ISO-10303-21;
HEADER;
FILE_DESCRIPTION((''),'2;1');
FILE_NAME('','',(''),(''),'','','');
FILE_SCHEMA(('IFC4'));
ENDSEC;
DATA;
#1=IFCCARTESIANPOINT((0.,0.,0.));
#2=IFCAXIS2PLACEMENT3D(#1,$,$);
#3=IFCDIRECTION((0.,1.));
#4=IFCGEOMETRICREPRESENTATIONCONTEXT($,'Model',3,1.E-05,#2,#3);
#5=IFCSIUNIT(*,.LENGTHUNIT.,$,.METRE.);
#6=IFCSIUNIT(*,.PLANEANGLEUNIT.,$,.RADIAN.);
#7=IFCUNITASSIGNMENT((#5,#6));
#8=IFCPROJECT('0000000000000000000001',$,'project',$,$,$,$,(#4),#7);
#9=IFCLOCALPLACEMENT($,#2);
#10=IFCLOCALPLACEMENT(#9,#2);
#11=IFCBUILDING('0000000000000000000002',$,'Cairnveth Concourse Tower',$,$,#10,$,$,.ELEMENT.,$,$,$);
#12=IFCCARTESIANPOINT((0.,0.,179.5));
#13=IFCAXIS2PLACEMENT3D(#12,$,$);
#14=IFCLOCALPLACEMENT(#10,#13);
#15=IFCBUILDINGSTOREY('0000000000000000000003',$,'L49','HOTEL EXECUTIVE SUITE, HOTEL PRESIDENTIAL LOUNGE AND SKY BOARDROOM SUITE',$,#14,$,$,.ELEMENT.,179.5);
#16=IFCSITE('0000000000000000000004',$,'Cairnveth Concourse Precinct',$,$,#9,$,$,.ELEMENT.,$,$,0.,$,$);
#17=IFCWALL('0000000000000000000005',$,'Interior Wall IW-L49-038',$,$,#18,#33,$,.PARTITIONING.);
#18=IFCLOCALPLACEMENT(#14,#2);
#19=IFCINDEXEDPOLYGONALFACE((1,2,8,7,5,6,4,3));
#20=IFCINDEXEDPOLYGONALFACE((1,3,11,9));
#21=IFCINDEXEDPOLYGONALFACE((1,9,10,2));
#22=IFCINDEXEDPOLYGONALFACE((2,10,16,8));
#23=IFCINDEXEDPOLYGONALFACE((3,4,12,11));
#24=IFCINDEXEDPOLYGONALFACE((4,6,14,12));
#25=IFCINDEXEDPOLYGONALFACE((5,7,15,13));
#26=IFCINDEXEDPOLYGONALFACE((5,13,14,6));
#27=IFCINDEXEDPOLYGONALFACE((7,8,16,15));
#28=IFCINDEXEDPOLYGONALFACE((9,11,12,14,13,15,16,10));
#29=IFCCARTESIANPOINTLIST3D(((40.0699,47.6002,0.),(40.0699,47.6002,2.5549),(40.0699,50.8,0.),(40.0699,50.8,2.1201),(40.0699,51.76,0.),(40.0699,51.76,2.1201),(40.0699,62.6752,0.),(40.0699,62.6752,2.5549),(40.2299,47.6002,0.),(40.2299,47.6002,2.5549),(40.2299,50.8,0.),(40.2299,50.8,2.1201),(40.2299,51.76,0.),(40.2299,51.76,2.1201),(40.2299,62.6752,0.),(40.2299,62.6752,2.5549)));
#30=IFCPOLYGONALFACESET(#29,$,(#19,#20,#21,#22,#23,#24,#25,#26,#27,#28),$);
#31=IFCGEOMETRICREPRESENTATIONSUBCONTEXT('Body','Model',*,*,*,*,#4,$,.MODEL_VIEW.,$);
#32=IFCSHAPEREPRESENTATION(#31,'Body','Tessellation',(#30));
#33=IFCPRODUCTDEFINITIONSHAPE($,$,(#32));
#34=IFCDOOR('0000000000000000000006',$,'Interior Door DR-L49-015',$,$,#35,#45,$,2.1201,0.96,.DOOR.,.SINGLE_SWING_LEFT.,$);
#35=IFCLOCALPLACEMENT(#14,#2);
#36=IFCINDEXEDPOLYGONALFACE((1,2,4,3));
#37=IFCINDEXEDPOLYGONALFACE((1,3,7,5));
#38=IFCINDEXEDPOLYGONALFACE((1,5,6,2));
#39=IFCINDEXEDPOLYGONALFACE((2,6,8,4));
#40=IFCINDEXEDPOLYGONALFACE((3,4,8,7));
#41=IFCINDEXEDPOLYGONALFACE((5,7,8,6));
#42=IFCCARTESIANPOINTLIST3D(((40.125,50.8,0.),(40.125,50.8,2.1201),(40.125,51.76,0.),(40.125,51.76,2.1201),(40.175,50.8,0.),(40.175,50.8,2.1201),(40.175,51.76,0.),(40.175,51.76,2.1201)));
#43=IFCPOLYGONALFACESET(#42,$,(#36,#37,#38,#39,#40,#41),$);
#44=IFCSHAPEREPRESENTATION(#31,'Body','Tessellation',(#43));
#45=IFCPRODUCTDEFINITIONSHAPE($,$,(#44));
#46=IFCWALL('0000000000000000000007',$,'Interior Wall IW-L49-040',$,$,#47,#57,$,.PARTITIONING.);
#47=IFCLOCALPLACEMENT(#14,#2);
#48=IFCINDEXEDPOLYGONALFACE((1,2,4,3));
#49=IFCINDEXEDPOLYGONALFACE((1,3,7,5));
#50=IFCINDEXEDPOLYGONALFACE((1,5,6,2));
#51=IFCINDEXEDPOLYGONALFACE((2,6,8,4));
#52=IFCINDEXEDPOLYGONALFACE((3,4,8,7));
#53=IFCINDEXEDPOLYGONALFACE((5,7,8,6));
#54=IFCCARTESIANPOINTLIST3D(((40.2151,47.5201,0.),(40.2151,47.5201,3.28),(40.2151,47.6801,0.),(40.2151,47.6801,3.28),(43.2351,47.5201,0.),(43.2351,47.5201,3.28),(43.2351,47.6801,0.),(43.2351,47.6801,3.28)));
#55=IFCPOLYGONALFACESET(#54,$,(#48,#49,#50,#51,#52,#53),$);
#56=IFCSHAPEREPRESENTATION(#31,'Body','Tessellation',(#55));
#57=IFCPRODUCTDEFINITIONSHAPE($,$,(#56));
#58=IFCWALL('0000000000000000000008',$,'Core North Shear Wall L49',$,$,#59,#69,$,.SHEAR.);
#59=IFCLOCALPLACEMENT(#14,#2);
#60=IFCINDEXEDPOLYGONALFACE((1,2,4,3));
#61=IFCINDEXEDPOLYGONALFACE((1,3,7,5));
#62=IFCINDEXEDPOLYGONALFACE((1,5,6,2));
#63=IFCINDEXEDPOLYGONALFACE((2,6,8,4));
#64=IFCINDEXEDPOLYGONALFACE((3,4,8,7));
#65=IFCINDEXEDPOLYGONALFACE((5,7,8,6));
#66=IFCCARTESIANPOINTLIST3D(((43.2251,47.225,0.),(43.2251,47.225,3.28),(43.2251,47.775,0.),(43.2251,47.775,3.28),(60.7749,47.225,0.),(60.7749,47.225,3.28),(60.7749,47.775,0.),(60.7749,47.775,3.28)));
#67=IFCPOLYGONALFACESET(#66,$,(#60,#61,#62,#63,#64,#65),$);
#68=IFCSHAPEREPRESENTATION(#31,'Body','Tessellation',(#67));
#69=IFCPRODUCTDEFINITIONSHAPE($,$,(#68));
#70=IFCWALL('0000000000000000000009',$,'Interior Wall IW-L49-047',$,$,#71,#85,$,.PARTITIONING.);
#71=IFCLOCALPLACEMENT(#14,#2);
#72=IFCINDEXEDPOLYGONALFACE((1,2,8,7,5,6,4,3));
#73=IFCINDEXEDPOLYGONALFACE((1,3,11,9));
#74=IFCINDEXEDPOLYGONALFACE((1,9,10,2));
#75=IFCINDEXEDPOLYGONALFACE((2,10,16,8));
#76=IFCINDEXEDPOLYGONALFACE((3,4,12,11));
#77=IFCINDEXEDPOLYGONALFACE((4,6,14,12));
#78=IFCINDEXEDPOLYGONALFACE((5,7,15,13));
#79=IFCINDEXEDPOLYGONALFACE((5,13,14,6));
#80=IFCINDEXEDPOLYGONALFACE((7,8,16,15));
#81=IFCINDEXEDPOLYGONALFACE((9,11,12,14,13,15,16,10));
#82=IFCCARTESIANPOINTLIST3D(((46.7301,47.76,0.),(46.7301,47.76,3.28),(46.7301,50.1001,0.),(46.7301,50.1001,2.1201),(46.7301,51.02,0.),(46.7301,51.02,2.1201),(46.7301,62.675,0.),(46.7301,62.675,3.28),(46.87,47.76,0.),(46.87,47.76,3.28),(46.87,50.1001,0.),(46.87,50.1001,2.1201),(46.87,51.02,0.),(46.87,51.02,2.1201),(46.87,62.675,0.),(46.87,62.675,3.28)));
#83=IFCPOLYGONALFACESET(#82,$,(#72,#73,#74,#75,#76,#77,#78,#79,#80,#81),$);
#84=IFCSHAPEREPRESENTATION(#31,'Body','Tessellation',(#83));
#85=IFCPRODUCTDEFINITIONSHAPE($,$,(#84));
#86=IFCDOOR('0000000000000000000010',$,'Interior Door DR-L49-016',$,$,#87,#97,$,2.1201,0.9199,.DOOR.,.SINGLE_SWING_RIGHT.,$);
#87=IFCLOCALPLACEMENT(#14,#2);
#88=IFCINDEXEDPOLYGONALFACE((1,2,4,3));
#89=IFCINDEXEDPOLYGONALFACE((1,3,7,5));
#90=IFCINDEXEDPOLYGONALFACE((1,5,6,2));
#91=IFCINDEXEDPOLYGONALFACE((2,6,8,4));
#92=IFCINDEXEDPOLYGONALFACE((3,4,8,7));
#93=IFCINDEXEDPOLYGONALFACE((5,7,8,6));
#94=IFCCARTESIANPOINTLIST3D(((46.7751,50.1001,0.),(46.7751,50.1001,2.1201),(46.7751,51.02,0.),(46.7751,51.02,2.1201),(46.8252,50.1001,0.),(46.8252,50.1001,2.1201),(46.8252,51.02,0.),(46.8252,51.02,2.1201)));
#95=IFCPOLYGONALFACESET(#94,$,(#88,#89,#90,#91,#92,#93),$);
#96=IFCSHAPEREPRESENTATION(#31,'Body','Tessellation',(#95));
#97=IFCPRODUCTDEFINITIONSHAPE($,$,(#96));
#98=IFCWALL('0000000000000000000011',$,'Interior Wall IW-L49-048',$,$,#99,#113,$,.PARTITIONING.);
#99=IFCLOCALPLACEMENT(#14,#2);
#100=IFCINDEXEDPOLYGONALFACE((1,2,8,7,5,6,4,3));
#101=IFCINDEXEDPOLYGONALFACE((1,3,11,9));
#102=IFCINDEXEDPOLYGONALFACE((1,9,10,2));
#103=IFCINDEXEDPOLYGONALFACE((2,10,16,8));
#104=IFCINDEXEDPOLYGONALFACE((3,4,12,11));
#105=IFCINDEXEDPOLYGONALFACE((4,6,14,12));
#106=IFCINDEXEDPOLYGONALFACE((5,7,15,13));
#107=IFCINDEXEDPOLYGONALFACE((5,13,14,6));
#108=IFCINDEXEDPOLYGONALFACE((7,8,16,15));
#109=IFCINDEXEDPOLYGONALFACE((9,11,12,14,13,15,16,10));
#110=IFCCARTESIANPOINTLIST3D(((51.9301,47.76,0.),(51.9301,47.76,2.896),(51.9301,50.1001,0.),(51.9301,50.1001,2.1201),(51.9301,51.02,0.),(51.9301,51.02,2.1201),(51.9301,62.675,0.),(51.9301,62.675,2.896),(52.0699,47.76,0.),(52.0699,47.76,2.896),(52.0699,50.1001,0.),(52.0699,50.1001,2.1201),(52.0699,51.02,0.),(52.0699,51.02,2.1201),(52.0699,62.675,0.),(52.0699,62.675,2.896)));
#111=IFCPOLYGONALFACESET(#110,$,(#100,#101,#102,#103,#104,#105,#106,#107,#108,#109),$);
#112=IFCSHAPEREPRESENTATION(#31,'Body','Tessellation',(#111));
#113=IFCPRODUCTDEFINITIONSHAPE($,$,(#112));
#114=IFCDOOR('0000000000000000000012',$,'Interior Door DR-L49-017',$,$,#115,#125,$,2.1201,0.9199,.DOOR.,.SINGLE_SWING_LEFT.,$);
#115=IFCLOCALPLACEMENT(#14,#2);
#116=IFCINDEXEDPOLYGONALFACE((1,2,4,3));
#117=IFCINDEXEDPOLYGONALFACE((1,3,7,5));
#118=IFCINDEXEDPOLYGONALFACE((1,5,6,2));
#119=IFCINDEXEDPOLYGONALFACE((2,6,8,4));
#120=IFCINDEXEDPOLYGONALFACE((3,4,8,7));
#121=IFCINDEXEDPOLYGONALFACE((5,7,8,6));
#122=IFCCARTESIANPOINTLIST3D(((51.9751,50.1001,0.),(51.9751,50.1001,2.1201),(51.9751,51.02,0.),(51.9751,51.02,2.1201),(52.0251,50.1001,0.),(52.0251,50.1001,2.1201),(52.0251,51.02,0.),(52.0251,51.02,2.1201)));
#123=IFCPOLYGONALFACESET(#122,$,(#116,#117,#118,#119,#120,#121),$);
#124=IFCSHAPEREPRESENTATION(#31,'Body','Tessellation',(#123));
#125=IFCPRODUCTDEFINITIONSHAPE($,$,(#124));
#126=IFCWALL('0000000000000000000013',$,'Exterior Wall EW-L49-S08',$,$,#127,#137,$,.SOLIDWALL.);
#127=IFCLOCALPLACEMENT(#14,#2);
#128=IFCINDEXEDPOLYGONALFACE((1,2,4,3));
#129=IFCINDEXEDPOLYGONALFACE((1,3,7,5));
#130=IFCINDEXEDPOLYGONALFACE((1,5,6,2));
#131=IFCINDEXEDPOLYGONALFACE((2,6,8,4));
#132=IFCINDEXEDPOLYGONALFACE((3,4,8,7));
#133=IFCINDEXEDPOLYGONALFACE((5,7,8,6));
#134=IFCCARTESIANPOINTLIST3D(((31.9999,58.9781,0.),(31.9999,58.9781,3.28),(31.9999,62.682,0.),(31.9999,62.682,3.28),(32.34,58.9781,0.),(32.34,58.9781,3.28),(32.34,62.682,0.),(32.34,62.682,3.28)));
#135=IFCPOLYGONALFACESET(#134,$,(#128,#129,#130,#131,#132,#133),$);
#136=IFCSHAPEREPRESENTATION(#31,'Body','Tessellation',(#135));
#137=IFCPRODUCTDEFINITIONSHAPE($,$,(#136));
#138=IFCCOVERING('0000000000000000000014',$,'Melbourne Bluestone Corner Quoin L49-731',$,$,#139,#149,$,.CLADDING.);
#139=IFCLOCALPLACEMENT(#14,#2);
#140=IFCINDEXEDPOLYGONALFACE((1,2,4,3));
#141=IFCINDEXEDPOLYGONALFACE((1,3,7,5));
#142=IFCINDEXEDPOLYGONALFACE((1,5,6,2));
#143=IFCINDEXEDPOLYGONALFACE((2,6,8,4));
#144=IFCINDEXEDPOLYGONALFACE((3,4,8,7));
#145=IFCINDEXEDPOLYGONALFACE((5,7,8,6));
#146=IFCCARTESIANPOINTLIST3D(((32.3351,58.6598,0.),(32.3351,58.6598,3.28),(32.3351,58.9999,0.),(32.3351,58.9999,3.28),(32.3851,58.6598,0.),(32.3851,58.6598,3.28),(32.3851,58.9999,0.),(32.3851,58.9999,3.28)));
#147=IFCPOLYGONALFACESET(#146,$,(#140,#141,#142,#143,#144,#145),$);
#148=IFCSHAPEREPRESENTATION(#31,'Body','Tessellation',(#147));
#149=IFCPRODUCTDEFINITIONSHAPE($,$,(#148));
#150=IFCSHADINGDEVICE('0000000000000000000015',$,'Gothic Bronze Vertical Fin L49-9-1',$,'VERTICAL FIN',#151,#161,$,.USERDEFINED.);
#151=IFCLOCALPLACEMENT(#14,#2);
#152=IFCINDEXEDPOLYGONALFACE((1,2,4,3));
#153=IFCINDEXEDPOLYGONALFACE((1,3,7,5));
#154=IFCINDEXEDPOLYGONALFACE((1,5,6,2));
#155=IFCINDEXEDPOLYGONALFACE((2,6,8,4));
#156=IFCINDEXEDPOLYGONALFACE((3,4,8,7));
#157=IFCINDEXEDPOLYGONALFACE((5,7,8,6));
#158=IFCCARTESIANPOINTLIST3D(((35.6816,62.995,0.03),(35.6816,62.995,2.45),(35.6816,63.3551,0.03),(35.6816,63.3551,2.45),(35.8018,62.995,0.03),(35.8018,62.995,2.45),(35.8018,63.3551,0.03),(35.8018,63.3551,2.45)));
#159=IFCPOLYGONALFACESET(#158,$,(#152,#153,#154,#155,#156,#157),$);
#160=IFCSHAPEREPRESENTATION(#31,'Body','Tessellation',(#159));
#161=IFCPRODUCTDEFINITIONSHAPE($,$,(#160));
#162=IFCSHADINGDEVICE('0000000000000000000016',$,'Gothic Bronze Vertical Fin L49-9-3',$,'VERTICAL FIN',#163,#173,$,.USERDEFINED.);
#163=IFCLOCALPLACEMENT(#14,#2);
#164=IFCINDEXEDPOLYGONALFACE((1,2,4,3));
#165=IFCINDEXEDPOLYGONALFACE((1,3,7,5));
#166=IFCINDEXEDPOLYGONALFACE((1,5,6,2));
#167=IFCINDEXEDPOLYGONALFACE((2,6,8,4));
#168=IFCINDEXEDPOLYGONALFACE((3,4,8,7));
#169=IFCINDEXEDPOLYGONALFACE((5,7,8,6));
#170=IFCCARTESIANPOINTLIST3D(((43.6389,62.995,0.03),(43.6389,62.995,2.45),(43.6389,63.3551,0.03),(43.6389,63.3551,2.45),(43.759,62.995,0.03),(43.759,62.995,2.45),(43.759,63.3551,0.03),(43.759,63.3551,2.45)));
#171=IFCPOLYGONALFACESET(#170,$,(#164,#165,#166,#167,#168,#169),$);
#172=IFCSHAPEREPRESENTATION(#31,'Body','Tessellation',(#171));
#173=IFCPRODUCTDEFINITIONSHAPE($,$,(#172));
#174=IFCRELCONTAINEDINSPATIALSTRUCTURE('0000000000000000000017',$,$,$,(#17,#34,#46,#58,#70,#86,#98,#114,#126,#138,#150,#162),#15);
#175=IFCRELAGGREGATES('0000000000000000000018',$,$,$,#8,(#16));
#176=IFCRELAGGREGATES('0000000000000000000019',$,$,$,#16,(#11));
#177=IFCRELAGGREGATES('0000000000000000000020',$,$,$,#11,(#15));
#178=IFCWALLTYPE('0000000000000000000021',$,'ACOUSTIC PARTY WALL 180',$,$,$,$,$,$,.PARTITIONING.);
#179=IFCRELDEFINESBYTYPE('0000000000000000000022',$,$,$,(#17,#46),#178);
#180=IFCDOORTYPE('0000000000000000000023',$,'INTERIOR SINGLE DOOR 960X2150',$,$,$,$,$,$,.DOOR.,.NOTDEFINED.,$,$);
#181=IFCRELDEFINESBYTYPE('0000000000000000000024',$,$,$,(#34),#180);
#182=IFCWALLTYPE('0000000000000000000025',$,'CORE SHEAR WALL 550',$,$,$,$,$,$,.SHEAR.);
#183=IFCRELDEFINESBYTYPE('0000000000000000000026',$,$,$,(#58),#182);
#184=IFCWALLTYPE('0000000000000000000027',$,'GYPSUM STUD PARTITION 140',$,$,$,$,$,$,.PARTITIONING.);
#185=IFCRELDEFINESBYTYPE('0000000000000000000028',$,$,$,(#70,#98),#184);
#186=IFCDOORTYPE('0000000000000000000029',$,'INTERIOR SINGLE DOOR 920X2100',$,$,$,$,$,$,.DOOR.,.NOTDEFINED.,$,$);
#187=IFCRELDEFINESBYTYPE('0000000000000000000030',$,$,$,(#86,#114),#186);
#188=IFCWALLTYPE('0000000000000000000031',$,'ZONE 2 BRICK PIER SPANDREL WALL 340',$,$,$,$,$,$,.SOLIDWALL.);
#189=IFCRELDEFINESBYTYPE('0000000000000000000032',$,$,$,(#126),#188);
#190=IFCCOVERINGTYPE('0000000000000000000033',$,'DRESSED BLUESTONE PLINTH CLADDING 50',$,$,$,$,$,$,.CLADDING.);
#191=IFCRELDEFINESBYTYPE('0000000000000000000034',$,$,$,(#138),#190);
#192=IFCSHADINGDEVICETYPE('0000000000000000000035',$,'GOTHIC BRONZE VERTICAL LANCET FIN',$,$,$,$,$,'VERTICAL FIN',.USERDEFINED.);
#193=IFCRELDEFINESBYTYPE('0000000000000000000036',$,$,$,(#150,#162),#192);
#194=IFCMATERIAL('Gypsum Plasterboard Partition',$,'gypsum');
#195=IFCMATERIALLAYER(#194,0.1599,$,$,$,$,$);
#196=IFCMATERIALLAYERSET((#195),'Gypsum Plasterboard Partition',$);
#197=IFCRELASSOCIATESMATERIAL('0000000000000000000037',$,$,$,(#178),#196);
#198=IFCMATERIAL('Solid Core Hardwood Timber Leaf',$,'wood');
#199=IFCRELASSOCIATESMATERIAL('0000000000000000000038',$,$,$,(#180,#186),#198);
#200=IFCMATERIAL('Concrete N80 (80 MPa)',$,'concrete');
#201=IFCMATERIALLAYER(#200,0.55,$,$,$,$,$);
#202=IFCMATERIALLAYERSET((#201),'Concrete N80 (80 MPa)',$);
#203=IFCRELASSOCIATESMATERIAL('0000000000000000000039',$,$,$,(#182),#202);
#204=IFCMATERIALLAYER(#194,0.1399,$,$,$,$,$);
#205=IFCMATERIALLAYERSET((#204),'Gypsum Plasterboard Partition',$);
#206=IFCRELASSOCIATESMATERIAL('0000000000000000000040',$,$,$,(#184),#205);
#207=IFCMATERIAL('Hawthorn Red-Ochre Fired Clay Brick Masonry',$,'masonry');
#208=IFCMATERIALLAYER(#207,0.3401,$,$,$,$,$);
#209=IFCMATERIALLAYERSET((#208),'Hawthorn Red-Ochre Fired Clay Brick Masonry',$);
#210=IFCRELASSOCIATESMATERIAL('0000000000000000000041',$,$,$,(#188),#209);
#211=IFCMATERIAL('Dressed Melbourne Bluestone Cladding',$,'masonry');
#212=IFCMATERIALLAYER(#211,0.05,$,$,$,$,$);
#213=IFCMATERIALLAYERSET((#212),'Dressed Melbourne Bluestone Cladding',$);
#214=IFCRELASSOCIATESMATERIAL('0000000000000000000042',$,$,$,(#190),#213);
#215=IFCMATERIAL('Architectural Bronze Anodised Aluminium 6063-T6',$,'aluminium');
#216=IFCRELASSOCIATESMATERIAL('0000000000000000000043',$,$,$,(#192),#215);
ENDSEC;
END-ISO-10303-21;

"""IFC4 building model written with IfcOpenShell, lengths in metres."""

from ifc_helpers import new_model, si_unit, direction, frame, frame_2d, origin, origin_2d, place, context, subcontext, project, spatial, rectangle, extrude, material, layer, layer_set, type_object, element, fill, save


model = new_model("IFC4")

# Units and contexts
model_context = context("Model", 3, precision=1e-05, world=origin(), true_north=direction((0.0, 1.0)))
body_context = subcontext(model_context, "Body", "Model", "MODEL_VIEW")
ifc_project = project(units=[si_unit("LENGTHUNIT", "METRE"), si_unit("PLANEANGLEUNIT", "RADIAN")], contexts=[model_context])

# Site, building, storey
site_placement = place(None, origin())
site = spatial("IfcSite", under=ifc_project, at=site_placement, Name="Cairnveth Concourse Precinct", CompositionType="ELEMENT", RefElevation=0.0)
building_placement = place(site_placement, origin())
building = spatial("IfcBuilding", under=site, at=building_placement, Name="Cairnveth Concourse Tower", CompositionType="ELEMENT")
storey_placement = place(building_placement, frame((0.0, 0.0, 179.5)))
storey = spatial("IfcBuildingStorey", under=building, at=storey_placement, Name="L49", Description="HOTEL EXECUTIVE SUITE, HOTEL PRESIDENTIAL LOUNGE AND SKY BOARDROOM SUITE", CompositionType="ELEMENT", Elevation=179.5)

# Wall, opening, door
ifc_material_1 = material(Name="Gypsum Plasterboard Partition", Category="gypsum")
ifc_layer_1 = layer(ifc_material_1, 0.1599)
ifc_layer_set_1 = layer_set([ifc_layer_1], Name="Gypsum Plasterboard Partition")
wall_type_1 = type_object("IfcWallType", Name="ACOUSTIC PARTY WALL 180", PredefinedType="PARTITIONING", material=ifc_layer_set_1)
wall_1_placement = place(storey_placement, frame((40.1499, 47.6001, 0.0), z_axis=(0.0, 0.0, 1.0), x_axis=(0.0, 1.0, 0.0)))
wall_1 = element("IfcWall", 1, at=wall_1_placement, inside=storey, type_object=wall_type_1, Name="Interior Wall IW-L49-038", PredefinedType="PARTITIONING", context=body_context, shape_type="SweptSolid", body=[
    extrude(rectangle(XDim=15.075, YDim=0.1599, at=frame_2d((7.5376, 0.0))), origin(), (0.0, 0.0, 1.0), 2.5549),
])
opening_1_placement = place(wall_1_placement, frame((3.2, 0.0, 0.0)))
opening_1 = element("IfcOpeningElement", 2, at=opening_1_placement, cuts=wall_1, PredefinedType="OPENING", context=body_context, shape_type="SweptSolid", body=[
    extrude(rectangle(XDim=0.96, YDim=2.1201, at=frame_2d((0.48, 1.0601))), frame((0.0, 0.0898, 0.0), z_axis=(0.0, -1.0, 0.0), x_axis=(1.0, 0.0, 0.0)), (0.0, 0.0, 1.0), 0.1799),
])
ifc_material_2 = material(Name="Solid Core Hardwood Timber Leaf", Category="wood")
door_type_1 = type_object("IfcDoorType", Name="INTERIOR SINGLE DOOR 960X2150", OperationType="NOTDEFINED", PredefinedType="DOOR", material=ifc_material_2)
door_1_placement = place(opening_1_placement, origin())
door_1 = element("IfcDoor", 3, at=door_1_placement, inside=storey, type_object=door_type_1, Name="Interior Door DR-L49-015", OperationType="SINGLE_SWING_LEFT", OverallHeight=2.1201, OverallWidth=0.96, PredefinedType="DOOR", context=body_context, shape_type="SweptSolid", body=[
    extrude(rectangle(XDim=0.96, YDim=2.1201, at=frame_2d((0.48, 1.0601))), frame((0.0, 0.0249, 0.0), z_axis=(0.0, -1.0, 0.0), x_axis=(1.0, 0.0, 0.0)), (0.0, 0.0, 1.0), 0.05),
])
fill(opening_1, door_1)

# Walls
wall_2_placement = place(storey_placement, frame((40.2151, 47.6001, 0.0), z_axis=(0.0, 0.0, 1.0), x_axis=(1.0, 0.0, 0.0)))
element("IfcWall", 4, at=wall_2_placement, inside=storey, type_object=wall_type_1, Name="Interior Wall IW-L49-040", PredefinedType="PARTITIONING", context=body_context, shape_type="SweptSolid", body=[
    extrude(rectangle(XDim=3.02, YDim=0.1599, at=frame_2d((1.51, 0.0))), origin(), (0.0, 0.0, 1.0), 3.28),
])
ifc_material_3 = material(Name="Concrete N80 (80 MPa)", Category="concrete")
ifc_layer_2 = layer(ifc_material_3, 0.55)
ifc_layer_set_2 = layer_set([ifc_layer_2], Name="Concrete N80 (80 MPa)")
wall_type_2 = type_object("IfcWallType", Name="CORE SHEAR WALL 550", PredefinedType="SHEAR", material=ifc_layer_set_2)
wall_3_placement = place(storey_placement, frame((43.2251, 47.5, 0.0), z_axis=(0.0, 0.0, 1.0), x_axis=(1.0, 0.0, 0.0)))
element("IfcWall", 5, at=wall_3_placement, inside=storey, type_object=wall_type_2, Name="Core North Shear Wall L49", PredefinedType="SHEAR", context=body_context, shape_type="SweptSolid", body=[
    extrude(rectangle(XDim=17.5498, YDim=0.55, at=frame_2d((8.7749, 0.0))), origin(), (0.0, 0.0, 1.0), 3.28),
])

# Walls, openings, doors
ifc_layer_3 = layer(ifc_material_1, 0.1399)
ifc_layer_set_3 = layer_set([ifc_layer_3], Name="Gypsum Plasterboard Partition")
wall_type_3 = type_object("IfcWallType", Name="GYPSUM STUD PARTITION 140", PredefinedType="PARTITIONING", material=ifc_layer_set_3)
wall_4_placement = place(storey_placement, frame((46.8, 47.76, 0.0), z_axis=(0.0, 0.0, 1.0), x_axis=(0.0, 1.0, 0.0)))
wall_4 = element("IfcWall", 6, at=wall_4_placement, inside=storey, type_object=wall_type_3, Name="Interior Wall IW-L49-047", PredefinedType="PARTITIONING", context=body_context, shape_type="SweptSolid", body=[
    extrude(rectangle(XDim=14.915, YDim=0.1399, at=frame_2d((7.4575, 0.0))), origin(), (0.0, 0.0, 1.0), 3.28),
])
opening_2_placement = place(wall_4_placement, frame((2.3401, 0.0, 0.0)))
opening_2 = element("IfcOpeningElement", 7, at=opening_2_placement, cuts=wall_4, PredefinedType="OPENING", context=body_context, shape_type="SweptSolid", body=[
    extrude(rectangle(XDim=0.9199, YDim=2.1201, at=frame_2d((0.46, 1.0601))), frame((0.0, 0.0798, 0.0), z_axis=(0.0, -1.0, 0.0), x_axis=(1.0, 0.0, 0.0)), (0.0, 0.0, 1.0), 0.1599),
])
door_type_2 = type_object("IfcDoorType", Name="INTERIOR SINGLE DOOR 920X2100", OperationType="NOTDEFINED", PredefinedType="DOOR", material=ifc_material_2)
door_2_placement = place(opening_2_placement, origin())
door_2 = element("IfcDoor", 8, at=door_2_placement, inside=storey, type_object=door_type_2, Name="Interior Door DR-L49-016", OperationType="SINGLE_SWING_RIGHT", OverallHeight=2.1201, OverallWidth=0.9199, PredefinedType="DOOR", context=body_context, shape_type="SweptSolid", body=[
    extrude(rectangle(XDim=0.9199, YDim=2.1201, at=frame_2d((0.46, 1.0601))), frame((0.0, 0.0249, 0.0), z_axis=(0.0, -1.0, 0.0), x_axis=(1.0, 0.0, 0.0)), (0.0, 0.0, 1.0), 0.05),
])
fill(opening_2, door_2)
wall_5_placement = place(storey_placement, frame((52.0, 47.76, 0.0), z_axis=(0.0, 0.0, 1.0), x_axis=(0.0, 1.0, 0.0)))
wall_5 = element("IfcWall", 9, at=wall_5_placement, inside=storey, type_object=wall_type_3, Name="Interior Wall IW-L49-048", PredefinedType="PARTITIONING", context=body_context, shape_type="SweptSolid", body=[
    extrude(rectangle(XDim=14.915, YDim=0.1399, at=frame_2d((7.4575, 0.0))), origin(), (0.0, 0.0, 1.0), 2.896),
])
opening_3_placement = place(wall_5_placement, frame((2.3401, 0.0, 0.0)))
opening_3 = element("IfcOpeningElement", 10, at=opening_3_placement, cuts=wall_5, PredefinedType="OPENING", context=body_context, shape_type="SweptSolid", body=[
    extrude(rectangle(XDim=0.9199, YDim=2.1201, at=frame_2d((0.46, 1.0601))), frame((0.0, 0.0798, 0.0), z_axis=(0.0, -1.0, 0.0), x_axis=(1.0, 0.0, 0.0)), (0.0, 0.0, 1.0), 0.1599),
])
door_3_placement = place(opening_3_placement, origin())
door_3 = element("IfcDoor", 11, at=door_3_placement, inside=storey, type_object=door_type_2, Name="Interior Door DR-L49-017", OperationType="SINGLE_SWING_LEFT", OverallHeight=2.1201, OverallWidth=0.9199, PredefinedType="DOOR", context=body_context, shape_type="SweptSolid", body=[
    extrude(rectangle(XDim=0.9199, YDim=2.1201, at=frame_2d((0.46, 1.0601))), frame((0.0, 0.0249, 0.0), z_axis=(0.0, -1.0, 0.0), x_axis=(1.0, 0.0, 0.0)), (0.0, 0.0, 1.0), 0.05),
])
fill(opening_3, door_3)

# Wall
ifc_material_4 = material(Name="Hawthorn Red-Ochre Fired Clay Brick Masonry", Category="masonry")
ifc_layer_4 = layer(ifc_material_4, 0.3401)
ifc_layer_set_4 = layer_set([ifc_layer_4], Name="Hawthorn Red-Ochre Fired Clay Brick Masonry")
wall_type_4 = type_object("IfcWallType", Name="ZONE 2 BRICK PIER SPANDREL WALL 340", PredefinedType="SOLIDWALL", material=ifc_layer_set_4)
wall_6_placement = place(storey_placement, frame((32.1699, 58.978, 0.0), z_axis=(0.0, 0.0, 1.0), x_axis=(0.0, 1.0, 0.0)))
element("IfcWall", 12, at=wall_6_placement, inside=storey, type_object=wall_type_4, Name="Exterior Wall EW-L49-S08", PredefinedType="SOLIDWALL", context=body_context, shape_type="SweptSolid", body=[
    extrude(rectangle(XDim=3.7039, YDim=0.3401, at=frame_2d((1.8521, 0.0))), origin(), (0.0, 0.0, 1.0), 3.28),
])

# Covering
ifc_material_5 = material(Name="Dressed Melbourne Bluestone Cladding", Category="masonry")
ifc_layer_5 = layer(ifc_material_5, 0.05)
ifc_layer_set_5 = layer_set([ifc_layer_5], Name="Dressed Melbourne Bluestone Cladding")
covering_type = type_object("IfcCoveringType", Name="DRESSED BLUESTONE PLINTH CLADDING 50", PredefinedType="CLADDING", material=ifc_layer_set_5)
covering_placement = place(storey_placement, frame((32.3601, 58.6599, 0.0), z_axis=(0.0, 0.0, 1.0), x_axis=(0.0, 1.0, 0.0)))
element("IfcCovering", 13, at=covering_placement, inside=storey, type_object=covering_type, Name="Melbourne Bluestone Corner Quoin L49-731", PredefinedType="CLADDING", context=body_context, shape_type="SweptSolid", body=[
    extrude(rectangle(XDim=0.3401, YDim=0.05, at=frame_2d((0.1699, 0.0))), origin(), (0.0, 0.0, 1.0), 3.28),
])

# Shading devices
ifc_material_6 = material(Name="Architectural Bronze Anodised Aluminium 6063-T6", Category="aluminium")
shading_device_type = type_object("IfcShadingDeviceType", Name="GOTHIC BRONZE VERTICAL LANCET FIN", ElementType="VERTICAL FIN", PredefinedType="USERDEFINED", material=ifc_material_6)
for number, where, z_axis, x_axis, name in (
    (14, (35.7417, 63.175, 0.03), (0.0, 0.0, 1.0), (1.0, 0.0, 0.0), "Gothic Bronze Vertical Fin L49-9-1"),
    (15, (43.699, 63.175, 0.03), (0.0, 0.0, 1.0), (1.0, 0.0, 0.0), "Gothic Bronze Vertical Fin L49-9-3"),
):
    element("IfcShadingDevice", number, at=place(storey_placement, frame(where, z_axis=z_axis, x_axis=x_axis)), inside=storey, type_object=shading_device_type, Name=name, ObjectType="VERTICAL FIN", PredefinedType="USERDEFINED", context=body_context, shape_type="SweptSolid", body=[
        extrude(rectangle(XDim=0.1201, YDim=0.3601, at=origin_2d()), origin(), (0.0, 0.0, 1.0), 2.4199),
    ])

save(model, "model.ifc")
